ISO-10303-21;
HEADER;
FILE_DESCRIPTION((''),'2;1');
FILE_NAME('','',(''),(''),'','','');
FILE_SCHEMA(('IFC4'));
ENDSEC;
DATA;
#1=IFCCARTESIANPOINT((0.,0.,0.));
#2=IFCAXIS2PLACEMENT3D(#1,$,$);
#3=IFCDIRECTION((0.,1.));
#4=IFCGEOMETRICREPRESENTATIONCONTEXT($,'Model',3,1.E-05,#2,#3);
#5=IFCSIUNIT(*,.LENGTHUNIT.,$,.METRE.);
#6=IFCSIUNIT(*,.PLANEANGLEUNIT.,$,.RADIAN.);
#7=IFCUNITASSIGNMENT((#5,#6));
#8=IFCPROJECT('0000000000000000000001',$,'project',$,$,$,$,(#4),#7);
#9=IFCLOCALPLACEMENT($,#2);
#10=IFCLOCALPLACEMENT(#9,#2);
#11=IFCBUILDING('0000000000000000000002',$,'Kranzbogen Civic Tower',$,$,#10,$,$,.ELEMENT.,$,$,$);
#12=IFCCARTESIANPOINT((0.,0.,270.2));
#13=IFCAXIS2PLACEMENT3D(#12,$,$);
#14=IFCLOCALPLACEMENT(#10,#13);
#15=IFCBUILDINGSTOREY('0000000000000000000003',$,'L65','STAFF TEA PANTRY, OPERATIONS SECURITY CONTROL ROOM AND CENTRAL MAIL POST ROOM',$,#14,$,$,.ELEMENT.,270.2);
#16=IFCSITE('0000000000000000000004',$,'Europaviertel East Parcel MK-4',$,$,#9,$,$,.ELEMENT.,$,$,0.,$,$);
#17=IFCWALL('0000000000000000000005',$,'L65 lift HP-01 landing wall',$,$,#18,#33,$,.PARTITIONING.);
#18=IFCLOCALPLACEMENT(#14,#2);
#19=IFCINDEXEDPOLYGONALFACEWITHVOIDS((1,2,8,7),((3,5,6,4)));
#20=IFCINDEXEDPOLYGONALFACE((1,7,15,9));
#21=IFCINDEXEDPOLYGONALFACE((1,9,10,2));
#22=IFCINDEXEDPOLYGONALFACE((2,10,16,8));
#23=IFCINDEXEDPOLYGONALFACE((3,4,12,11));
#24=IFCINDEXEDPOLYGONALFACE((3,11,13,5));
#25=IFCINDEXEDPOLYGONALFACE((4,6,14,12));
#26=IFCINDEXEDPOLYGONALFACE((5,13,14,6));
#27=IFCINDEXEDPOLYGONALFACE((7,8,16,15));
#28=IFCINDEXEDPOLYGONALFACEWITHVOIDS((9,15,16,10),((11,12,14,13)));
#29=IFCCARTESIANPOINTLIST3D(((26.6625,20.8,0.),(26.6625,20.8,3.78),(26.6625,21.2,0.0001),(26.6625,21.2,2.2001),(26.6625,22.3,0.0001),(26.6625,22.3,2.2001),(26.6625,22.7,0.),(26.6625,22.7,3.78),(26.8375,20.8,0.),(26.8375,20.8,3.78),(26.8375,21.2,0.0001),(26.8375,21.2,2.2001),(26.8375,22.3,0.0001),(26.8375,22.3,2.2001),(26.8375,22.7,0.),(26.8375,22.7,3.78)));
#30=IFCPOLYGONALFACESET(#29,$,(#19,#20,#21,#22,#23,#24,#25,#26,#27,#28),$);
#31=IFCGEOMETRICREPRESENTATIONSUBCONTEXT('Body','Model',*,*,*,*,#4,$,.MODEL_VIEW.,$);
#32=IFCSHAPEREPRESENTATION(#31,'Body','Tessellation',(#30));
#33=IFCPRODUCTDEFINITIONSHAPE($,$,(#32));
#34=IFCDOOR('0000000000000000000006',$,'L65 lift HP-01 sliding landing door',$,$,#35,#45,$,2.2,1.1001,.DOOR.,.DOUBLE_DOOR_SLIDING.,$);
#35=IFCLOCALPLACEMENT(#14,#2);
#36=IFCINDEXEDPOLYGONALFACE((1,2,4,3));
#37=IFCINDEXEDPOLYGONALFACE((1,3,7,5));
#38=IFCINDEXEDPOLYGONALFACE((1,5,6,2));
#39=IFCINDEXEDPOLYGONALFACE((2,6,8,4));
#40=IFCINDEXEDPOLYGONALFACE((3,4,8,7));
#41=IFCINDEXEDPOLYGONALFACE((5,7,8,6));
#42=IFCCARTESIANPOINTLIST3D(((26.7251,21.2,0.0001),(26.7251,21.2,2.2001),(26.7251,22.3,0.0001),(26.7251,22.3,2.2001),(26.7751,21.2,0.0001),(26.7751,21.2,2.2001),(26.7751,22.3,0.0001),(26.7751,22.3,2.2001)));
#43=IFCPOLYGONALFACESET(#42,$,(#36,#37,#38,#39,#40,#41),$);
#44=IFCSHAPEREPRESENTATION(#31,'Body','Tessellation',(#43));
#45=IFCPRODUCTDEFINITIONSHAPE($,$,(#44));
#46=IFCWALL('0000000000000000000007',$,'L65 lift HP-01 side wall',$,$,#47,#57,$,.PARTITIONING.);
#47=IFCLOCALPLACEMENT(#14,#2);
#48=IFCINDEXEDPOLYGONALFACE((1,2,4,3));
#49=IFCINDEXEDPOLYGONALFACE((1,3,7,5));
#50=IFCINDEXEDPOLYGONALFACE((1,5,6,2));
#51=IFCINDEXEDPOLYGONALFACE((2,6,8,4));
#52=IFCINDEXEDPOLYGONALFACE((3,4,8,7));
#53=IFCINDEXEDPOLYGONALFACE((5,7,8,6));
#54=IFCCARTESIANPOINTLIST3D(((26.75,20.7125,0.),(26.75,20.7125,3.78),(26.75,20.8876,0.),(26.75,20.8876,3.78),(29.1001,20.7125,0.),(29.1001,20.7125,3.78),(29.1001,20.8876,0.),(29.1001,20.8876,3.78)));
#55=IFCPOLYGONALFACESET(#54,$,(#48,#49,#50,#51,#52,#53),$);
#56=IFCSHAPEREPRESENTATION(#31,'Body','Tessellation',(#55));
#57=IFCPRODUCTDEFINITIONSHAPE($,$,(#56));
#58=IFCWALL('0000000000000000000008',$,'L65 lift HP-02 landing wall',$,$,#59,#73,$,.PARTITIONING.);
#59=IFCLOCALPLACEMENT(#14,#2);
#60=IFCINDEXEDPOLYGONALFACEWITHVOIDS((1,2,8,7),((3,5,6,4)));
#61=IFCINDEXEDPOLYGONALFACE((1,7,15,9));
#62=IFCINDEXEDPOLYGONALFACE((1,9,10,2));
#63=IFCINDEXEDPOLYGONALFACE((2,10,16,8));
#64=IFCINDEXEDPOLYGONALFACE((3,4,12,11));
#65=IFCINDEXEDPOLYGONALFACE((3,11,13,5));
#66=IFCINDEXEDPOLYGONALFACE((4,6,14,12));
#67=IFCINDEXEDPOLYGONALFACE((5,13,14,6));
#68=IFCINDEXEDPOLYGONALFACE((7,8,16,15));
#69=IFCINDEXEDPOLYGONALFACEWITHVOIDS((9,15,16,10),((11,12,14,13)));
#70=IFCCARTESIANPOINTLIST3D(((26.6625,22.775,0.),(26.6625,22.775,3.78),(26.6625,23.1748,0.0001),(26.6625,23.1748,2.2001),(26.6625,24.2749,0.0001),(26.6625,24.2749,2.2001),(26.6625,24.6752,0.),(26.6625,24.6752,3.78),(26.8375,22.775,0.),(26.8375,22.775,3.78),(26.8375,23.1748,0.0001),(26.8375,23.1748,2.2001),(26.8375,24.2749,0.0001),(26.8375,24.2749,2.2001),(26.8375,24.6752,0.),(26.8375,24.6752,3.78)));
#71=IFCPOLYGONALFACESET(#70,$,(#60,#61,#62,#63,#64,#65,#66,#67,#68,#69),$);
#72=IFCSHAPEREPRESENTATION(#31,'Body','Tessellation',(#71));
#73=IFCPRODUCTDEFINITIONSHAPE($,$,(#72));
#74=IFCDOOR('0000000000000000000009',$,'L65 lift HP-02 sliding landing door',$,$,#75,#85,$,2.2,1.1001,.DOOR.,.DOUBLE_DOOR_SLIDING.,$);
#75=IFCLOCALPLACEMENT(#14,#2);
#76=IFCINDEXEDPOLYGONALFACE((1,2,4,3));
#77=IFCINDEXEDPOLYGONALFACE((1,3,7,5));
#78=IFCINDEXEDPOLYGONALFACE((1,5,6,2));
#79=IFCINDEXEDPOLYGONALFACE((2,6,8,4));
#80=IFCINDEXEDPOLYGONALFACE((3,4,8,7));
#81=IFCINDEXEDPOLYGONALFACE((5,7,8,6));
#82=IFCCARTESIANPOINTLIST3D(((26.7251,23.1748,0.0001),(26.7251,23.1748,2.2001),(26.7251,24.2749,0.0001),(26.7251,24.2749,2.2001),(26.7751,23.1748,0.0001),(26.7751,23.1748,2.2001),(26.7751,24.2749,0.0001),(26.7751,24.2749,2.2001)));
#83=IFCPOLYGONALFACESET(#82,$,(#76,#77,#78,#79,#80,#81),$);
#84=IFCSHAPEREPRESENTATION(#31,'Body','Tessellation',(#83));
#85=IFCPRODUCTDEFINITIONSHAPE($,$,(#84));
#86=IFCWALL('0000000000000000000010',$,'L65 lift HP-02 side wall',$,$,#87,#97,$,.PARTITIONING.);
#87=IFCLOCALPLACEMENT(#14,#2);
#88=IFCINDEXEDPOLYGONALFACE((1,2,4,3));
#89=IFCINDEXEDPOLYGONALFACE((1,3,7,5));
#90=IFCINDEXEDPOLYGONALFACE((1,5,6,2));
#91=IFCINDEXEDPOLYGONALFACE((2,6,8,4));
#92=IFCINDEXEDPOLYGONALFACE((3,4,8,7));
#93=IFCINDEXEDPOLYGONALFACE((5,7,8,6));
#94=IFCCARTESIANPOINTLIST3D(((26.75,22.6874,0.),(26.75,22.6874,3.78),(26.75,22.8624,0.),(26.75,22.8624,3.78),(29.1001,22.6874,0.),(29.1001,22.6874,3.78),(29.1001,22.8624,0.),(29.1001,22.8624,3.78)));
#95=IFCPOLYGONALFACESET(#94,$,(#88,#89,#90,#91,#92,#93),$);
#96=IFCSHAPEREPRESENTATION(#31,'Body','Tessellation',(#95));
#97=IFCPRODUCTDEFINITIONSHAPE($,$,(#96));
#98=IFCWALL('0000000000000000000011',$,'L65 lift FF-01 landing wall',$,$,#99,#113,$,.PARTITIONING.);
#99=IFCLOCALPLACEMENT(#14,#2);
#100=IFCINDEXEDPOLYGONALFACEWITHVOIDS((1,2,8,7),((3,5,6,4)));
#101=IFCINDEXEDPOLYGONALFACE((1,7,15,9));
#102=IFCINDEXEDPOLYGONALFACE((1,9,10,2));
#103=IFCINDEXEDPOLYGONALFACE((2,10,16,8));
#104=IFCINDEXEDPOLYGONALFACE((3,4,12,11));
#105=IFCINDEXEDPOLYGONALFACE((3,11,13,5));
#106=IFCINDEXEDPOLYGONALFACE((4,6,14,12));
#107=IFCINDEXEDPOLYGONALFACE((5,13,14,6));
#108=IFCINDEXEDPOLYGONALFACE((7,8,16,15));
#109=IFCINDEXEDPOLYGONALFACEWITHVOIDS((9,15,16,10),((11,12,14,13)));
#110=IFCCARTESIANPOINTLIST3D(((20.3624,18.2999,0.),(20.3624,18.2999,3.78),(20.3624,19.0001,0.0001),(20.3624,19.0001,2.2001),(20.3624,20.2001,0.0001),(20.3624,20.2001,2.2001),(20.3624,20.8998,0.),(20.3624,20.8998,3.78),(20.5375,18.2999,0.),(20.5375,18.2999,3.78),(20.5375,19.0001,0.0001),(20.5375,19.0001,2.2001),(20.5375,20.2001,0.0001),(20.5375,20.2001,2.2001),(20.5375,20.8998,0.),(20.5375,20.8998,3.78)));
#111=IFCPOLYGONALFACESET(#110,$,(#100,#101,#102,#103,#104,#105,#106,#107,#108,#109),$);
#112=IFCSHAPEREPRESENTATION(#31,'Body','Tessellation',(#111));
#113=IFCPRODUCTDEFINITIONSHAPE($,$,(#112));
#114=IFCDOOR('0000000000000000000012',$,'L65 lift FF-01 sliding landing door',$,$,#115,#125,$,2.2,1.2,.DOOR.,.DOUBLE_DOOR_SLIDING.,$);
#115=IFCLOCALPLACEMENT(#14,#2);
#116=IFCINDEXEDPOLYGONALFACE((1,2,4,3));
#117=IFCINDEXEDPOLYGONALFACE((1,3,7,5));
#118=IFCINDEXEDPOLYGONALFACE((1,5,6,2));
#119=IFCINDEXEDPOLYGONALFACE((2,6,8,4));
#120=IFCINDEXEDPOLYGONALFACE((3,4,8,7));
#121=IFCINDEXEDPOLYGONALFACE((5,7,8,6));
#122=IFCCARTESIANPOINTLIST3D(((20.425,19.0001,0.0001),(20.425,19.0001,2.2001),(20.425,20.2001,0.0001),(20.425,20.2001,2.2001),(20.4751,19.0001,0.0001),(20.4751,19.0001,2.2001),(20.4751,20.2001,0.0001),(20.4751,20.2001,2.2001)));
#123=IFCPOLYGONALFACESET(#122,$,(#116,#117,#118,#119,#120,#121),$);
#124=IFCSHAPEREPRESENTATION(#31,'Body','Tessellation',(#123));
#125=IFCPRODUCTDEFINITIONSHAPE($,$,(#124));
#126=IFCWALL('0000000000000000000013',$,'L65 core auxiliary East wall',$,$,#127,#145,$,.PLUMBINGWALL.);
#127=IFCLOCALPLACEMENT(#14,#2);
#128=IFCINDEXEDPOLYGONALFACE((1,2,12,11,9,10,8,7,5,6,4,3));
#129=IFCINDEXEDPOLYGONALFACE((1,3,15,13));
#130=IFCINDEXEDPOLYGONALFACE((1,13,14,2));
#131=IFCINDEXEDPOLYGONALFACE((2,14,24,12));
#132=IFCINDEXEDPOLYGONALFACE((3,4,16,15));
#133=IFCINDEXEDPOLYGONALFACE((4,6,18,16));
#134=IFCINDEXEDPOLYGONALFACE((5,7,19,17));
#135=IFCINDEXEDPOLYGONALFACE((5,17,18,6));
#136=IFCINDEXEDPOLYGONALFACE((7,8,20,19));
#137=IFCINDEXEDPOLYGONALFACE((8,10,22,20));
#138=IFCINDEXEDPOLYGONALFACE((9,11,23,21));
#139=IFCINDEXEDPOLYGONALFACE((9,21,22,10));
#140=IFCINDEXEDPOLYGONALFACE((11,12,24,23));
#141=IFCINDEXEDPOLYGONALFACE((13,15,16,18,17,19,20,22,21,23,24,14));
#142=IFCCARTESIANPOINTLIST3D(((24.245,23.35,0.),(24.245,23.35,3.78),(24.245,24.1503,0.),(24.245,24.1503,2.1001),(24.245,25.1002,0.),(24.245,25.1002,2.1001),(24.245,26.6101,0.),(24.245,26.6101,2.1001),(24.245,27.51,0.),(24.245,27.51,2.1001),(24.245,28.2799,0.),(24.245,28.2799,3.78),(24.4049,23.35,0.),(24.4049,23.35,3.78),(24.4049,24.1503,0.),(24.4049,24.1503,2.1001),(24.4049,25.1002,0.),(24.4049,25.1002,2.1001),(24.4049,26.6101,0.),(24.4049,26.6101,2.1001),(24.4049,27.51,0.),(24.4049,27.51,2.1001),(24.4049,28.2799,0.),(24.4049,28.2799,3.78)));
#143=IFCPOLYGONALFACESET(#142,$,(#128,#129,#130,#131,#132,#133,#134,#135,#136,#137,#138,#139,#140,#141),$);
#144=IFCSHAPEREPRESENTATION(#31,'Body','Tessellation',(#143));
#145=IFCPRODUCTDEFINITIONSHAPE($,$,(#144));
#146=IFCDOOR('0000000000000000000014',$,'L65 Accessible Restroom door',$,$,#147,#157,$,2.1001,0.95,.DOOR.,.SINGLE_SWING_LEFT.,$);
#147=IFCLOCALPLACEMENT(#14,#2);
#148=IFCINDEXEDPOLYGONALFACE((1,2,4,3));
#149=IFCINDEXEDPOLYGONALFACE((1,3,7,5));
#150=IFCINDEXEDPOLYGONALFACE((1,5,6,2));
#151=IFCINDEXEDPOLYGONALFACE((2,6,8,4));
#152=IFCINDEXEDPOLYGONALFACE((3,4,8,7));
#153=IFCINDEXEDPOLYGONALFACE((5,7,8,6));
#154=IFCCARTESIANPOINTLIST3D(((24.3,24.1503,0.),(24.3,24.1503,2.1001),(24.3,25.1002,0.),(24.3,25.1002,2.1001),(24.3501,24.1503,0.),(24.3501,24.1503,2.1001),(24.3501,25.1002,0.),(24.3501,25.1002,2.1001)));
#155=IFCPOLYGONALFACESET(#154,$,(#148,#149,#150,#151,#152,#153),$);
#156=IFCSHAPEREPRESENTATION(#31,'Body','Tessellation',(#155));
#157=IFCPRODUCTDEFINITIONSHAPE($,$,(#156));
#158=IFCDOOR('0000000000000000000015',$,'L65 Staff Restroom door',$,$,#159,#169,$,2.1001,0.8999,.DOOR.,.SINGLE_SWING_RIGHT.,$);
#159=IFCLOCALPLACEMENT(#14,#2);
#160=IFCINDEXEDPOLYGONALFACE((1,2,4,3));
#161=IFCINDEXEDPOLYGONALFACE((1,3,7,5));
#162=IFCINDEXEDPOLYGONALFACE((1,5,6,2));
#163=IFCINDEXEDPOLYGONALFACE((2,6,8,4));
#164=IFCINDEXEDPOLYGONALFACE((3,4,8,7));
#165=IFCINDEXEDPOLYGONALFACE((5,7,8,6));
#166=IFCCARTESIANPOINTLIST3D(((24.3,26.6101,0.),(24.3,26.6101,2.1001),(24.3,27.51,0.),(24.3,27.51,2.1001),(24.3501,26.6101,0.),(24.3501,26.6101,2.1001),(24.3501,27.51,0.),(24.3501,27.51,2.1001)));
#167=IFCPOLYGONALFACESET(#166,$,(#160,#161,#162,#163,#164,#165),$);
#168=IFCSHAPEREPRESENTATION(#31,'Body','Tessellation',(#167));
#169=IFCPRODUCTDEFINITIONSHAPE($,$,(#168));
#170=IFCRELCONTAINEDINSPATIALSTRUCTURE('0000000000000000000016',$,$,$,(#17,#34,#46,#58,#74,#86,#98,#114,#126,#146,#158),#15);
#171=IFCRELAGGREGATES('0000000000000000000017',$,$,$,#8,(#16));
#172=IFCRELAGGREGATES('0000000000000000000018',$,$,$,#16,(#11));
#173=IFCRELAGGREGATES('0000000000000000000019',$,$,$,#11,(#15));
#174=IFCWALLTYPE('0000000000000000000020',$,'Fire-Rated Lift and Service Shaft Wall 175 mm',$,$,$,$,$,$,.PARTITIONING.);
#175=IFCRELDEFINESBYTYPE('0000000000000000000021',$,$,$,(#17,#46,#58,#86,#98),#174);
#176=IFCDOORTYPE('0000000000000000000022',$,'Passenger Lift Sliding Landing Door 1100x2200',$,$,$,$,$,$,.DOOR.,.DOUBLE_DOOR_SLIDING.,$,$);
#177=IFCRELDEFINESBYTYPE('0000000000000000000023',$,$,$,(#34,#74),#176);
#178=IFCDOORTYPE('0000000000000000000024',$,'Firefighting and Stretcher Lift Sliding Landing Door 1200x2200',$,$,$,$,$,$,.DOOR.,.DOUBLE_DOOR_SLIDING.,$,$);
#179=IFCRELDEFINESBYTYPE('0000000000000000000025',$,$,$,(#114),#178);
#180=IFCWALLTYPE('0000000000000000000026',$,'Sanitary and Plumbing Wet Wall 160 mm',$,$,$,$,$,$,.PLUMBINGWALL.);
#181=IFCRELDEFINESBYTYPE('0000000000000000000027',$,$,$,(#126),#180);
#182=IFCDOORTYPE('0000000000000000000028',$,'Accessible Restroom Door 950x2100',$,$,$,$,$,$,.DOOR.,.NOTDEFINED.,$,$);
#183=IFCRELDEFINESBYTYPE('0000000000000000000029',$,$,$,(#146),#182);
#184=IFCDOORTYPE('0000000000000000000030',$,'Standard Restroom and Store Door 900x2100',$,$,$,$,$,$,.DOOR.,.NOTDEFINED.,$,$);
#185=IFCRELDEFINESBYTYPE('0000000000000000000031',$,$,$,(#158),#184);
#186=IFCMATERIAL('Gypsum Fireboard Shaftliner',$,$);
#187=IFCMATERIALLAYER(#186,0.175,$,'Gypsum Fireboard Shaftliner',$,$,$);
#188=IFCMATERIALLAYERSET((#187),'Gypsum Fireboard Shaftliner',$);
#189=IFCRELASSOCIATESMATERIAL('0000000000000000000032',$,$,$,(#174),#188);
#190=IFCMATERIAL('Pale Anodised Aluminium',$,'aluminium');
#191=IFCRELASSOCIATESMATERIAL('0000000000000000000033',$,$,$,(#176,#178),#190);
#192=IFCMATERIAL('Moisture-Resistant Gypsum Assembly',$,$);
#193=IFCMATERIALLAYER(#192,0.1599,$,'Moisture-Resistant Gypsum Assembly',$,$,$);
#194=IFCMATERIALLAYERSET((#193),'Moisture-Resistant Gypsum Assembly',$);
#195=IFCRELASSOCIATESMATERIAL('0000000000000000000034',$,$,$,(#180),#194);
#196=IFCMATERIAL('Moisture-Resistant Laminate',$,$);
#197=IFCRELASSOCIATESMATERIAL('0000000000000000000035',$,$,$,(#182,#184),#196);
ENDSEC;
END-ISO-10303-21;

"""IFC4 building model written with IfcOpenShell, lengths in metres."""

from ifc_helpers import new_model, si_unit, direction, frame, frame_2d, origin, place, context, subcontext, project, spatial, rectangle, extrude, material, layer, layer_set, type_object, element, fill, save


model = new_model("IFC4")

# Units and contexts
model_context = context("Model", 3, precision=1e-05, world=origin(), true_north=direction((0.0, 1.0)))
body_context = subcontext(model_context, "Body", "Model", "MODEL_VIEW")
ifc_project = project(units=[si_unit("LENGTHUNIT", "METRE"), si_unit("PLANEANGLEUNIT", "RADIAN")], contexts=[model_context])

# Site, building, storey
site_placement = place(None, origin())
site = spatial("IfcSite", under=ifc_project, at=site_placement, Name="Europaviertel East Parcel MK-4", CompositionType="ELEMENT", RefElevation=0.0)
building_placement = place(site_placement, origin())
building = spatial("IfcBuilding", under=site, at=building_placement, Name="Kranzbogen Civic Tower", CompositionType="ELEMENT")
storey_placement = place(building_placement, frame((0.0, 0.0, 270.2)))
storey = spatial("IfcBuildingStorey", under=building, at=storey_placement, Name="L65", Description="STAFF TEA PANTRY, OPERATIONS SECURITY CONTROL ROOM AND CENTRAL MAIL POST ROOM", CompositionType="ELEMENT", Elevation=270.2)

# Wall, opening, door
ifc_material_1 = material(Name="Gypsum Fireboard Shaftliner")
ifc_layer_1 = layer(ifc_material_1, 0.175, Name="Gypsum Fireboard Shaftliner")
ifc_layer_set_1 = layer_set([ifc_layer_1], Name="Gypsum Fireboard Shaftliner")
wall_type_1 = type_object("IfcWallType", Name="Fire-Rated Lift and Service Shaft Wall 175 mm", PredefinedType="PARTITIONING", material=ifc_layer_set_1)
wall_1_placement = place(storey_placement, frame((26.75, 20.8, 0.0), z_axis=(0.0, 0.0, 1.0), x_axis=(0.0, 1.0, 0.0)))
wall_1 = element("IfcWall", 1, at=wall_1_placement, inside=storey, type_object=wall_type_1, Name="L65 lift HP-01 landing wall", PredefinedType="PARTITIONING", context=body_context, shape_type="SweptSolid", body=[
    extrude(rectangle(XDim=1.8999, YDim=0.175, at=frame_2d((0.95, 0.0))), origin(), (0.0, 0.0, 1.0), 3.78),
])
opening_1_placement = place(wall_1_placement, frame((0.3999, 0.0, 0.0)))
opening_1 = element("IfcOpeningElement", 2, at=opening_1_placement, cuts=wall_1, PredefinedType="OPENING", context=body_context, shape_type="SweptSolid", body=[
    extrude(rectangle(XDim=1.1001, YDim=2.2, at=frame_2d((0.55, 1.1001))), frame((0.0, 0.0977, 0.0), z_axis=(0.0, -1.0, 0.0), x_axis=(1.0, 0.0, 0.0)), (0.0, 0.0, 1.0), 0.1951),
])
ifc_material_2 = material(Name="Pale Anodised Aluminium", Category="aluminium")
door_type_1 = type_object("IfcDoorType", Name="Passenger Lift Sliding Landing Door 1100x2200", OperationType="DOUBLE_DOOR_SLIDING", PredefinedType="DOOR", material=ifc_material_2)
door_1_placement = place(opening_1_placement, origin())
door_1 = element("IfcDoor", 3, at=door_1_placement, inside=storey, type_object=door_type_1, Name="L65 lift HP-01 sliding landing door", OperationType="DOUBLE_DOOR_SLIDING", OverallHeight=2.2, OverallWidth=1.1001, PredefinedType="DOOR", context=body_context, shape_type="SweptSolid", body=[
    extrude(rectangle(XDim=1.1001, YDim=2.2, at=frame_2d((0.55, 1.1001))), frame((0.0, 0.0249, 0.0), z_axis=(0.0, -1.0, 0.0), x_axis=(1.0, 0.0, 0.0)), (0.0, 0.0, 1.0), 0.05),
])
fill(opening_1, door_1)

# Wall
wall_2_placement = place(storey_placement, frame((26.75, 20.8, 0.0), z_axis=(0.0, 0.0, 1.0), x_axis=(1.0, 0.0, 0.0)))
element("IfcWall", 4, at=wall_2_placement, inside=storey, type_object=wall_type_1, Name="L65 lift HP-01 side wall", PredefinedType="PARTITIONING", context=body_context, shape_type="SweptSolid", body=[
    extrude(rectangle(XDim=2.3501, YDim=0.175, at=frame_2d((1.175, 0.0))), origin(), (0.0, 0.0, 1.0), 3.78),
])

# Wall, opening, door
wall_3_placement = place(storey_placement, frame((26.75, 22.7749, 0.0), z_axis=(0.0, 0.0, 1.0), x_axis=(0.0, 1.0, 0.0)))
wall_3 = element("IfcWall", 5, at=wall_3_placement, inside=storey, type_object=wall_type_1, Name="L65 lift HP-02 landing wall", PredefinedType="PARTITIONING", context=body_context, shape_type="SweptSolid", body=[
    extrude(rectangle(XDim=1.9001, YDim=0.175, at=frame_2d((0.9502, 0.0))), origin(), (0.0, 0.0, 1.0), 3.78),
])
opening_2_placement = place(wall_3_placement, frame((0.3999, 0.0, 0.0)))
opening_2 = element("IfcOpeningElement", 6, at=opening_2_placement, cuts=wall_3, PredefinedType="OPENING", context=body_context, shape_type="SweptSolid", body=[
    extrude(rectangle(XDim=1.1001, YDim=2.2, at=frame_2d((0.55, 1.1001))), frame((0.0, 0.0977, 0.0), z_axis=(0.0, -1.0, 0.0), x_axis=(1.0, 0.0, 0.0)), (0.0, 0.0, 1.0), 0.1951),
])
door_2_placement = place(opening_2_placement, origin())
door_2 = element("IfcDoor", 7, at=door_2_placement, inside=storey, type_object=door_type_1, Name="L65 lift HP-02 sliding landing door", OperationType="DOUBLE_DOOR_SLIDING", OverallHeight=2.2, OverallWidth=1.1001, PredefinedType="DOOR", context=body_context, shape_type="SweptSolid", body=[
    extrude(rectangle(XDim=1.1001, YDim=2.2, at=frame_2d((0.55, 1.1001))), frame((0.0, 0.0249, 0.0), z_axis=(0.0, -1.0, 0.0), x_axis=(1.0, 0.0, 0.0)), (0.0, 0.0, 1.0), 0.05),
])
fill(opening_2, door_2)

# Wall
wall_4_placement = place(storey_placement, frame((26.75, 22.7749, 0.0), z_axis=(0.0, 0.0, 1.0), x_axis=(1.0, 0.0, 0.0)))
element("IfcWall", 8, at=wall_4_placement, inside=storey, type_object=wall_type_1, Name="L65 lift HP-02 side wall", PredefinedType="PARTITIONING", context=body_context, shape_type="SweptSolid", body=[
    extrude(rectangle(XDim=2.3501, YDim=0.175, at=frame_2d((1.175, 0.0))), origin(), (0.0, 0.0, 1.0), 3.78),
])

# Wall, opening, door
wall_5_placement = place(storey_placement, frame((20.45, 18.3, 0.0), z_axis=(0.0, 0.0, 1.0), x_axis=(0.0, 1.0, 0.0)))
wall_5 = element("IfcWall", 9, at=wall_5_placement, inside=storey, type_object=wall_type_1, Name="L65 lift FF-01 landing wall", PredefinedType="PARTITIONING", context=body_context, shape_type="SweptSolid", body=[
    extrude(rectangle(XDim=2.5999, YDim=0.175, at=frame_2d((1.2998, 0.0))), origin(), (0.0, 0.0, 1.0), 3.78),
])
opening_3_placement = place(wall_5_placement, frame((0.7, 0.0, 0.0)))
opening_3 = element("IfcOpeningElement", 10, at=opening_3_placement, cuts=wall_5, PredefinedType="OPENING", context=body_context, shape_type="SweptSolid", body=[
    extrude(rectangle(XDim=1.2, YDim=2.2, at=frame_2d((0.6001, 1.1001))), frame((0.0, 0.0977, 0.0), z_axis=(0.0, -1.0, 0.0), x_axis=(1.0, 0.0, 0.0)), (0.0, 0.0, 1.0), 0.1951),
])
door_type_2 = type_object("IfcDoorType", Name="Firefighting and Stretcher Lift Sliding Landing Door 1200x2200", OperationType="DOUBLE_DOOR_SLIDING", PredefinedType="DOOR", material=ifc_material_2)
door_3_placement = place(opening_3_placement, origin())
door_3 = element("IfcDoor", 11, at=door_3_placement, inside=storey, type_object=door_type_2, Name="L65 lift FF-01 sliding landing door", OperationType="DOUBLE_DOOR_SLIDING", OverallHeight=2.2, OverallWidth=1.2, PredefinedType="DOOR", context=body_context, shape_type="SweptSolid", body=[
    extrude(rectangle(XDim=1.2, YDim=2.2, at=frame_2d((0.6001, 1.1001))), frame((0.0, 0.0249, 0.0), z_axis=(0.0, -1.0, 0.0), x_axis=(1.0, 0.0, 0.0)), (0.0, 0.0, 1.0), 0.05),
])
fill(opening_3, door_3)

# Wall, openings, doors
ifc_material_3 = material(Name="Moisture-Resistant Gypsum Assembly")
ifc_layer_2 = layer(ifc_material_3, 0.1599, Name="Moisture-Resistant Gypsum Assembly")
ifc_layer_set_2 = layer_set([ifc_layer_2], Name="Moisture-Resistant Gypsum Assembly")
wall_type_2 = type_object("IfcWallType", Name="Sanitary and Plumbing Wet Wall 160 mm", PredefinedType="PLUMBINGWALL", material=ifc_layer_set_2)
wall_6_placement = place(storey_placement, frame((24.325, 23.3501, 0.0), z_axis=(0.0, 0.0, 1.0), x_axis=(0.0, 1.0, 0.0)))
wall_6 = element("IfcWall", 12, at=wall_6_placement, inside=storey, type_object=wall_type_2, Name="L65 core auxiliary East wall", PredefinedType="PLUMBINGWALL", context=body_context, shape_type="SweptSolid", body=[
    extrude(rectangle(XDim=4.9299, YDim=0.1599, at=frame_2d((2.4648, 0.0))), origin(), (0.0, 0.0, 1.0), 3.78),
])
opening_4_placement = place(wall_6_placement, frame((0.8, 0.0, 0.0)))
opening_4 = element("IfcOpeningElement", 13, at=opening_4_placement, cuts=wall_6, PredefinedType="OPENING", context=body_context, shape_type="SweptSolid", body=[
    extrude(rectangle(XDim=0.95, YDim=2.1001, at=frame_2d((0.4751, 1.05))), frame((0.0, 0.0898, 0.0), z_axis=(0.0, -1.0, 0.0), x_axis=(1.0, 0.0, 0.0)), (0.0, 0.0, 1.0), 0.1799),
])
opening_5_placement = place(wall_6_placement, frame((3.26, 0.0, 0.0)))
opening_5 = element("IfcOpeningElement", 14, at=opening_5_placement, cuts=wall_6, PredefinedType="OPENING", context=body_context, shape_type="SweptSolid", body=[
    extrude(rectangle(XDim=0.8999, YDim=2.1001, at=frame_2d((0.45, 1.05))), frame((0.0, 0.0898, 0.0), z_axis=(0.0, -1.0, 0.0), x_axis=(1.0, 0.0, 0.0)), (0.0, 0.0, 1.0), 0.1799),
])
ifc_material_4 = material(Name="Moisture-Resistant Laminate")
door_type_3 = type_object("IfcDoorType", Name="Accessible Restroom Door 950x2100", OperationType="NOTDEFINED", PredefinedType="DOOR", material=ifc_material_4)
door_4_placement = place(opening_4_placement, origin())
door_4 = element("IfcDoor", 15, at=door_4_placement, inside=storey, type_object=door_type_3, Name="L65 Accessible Restroom door", OperationType="SINGLE_SWING_LEFT", OverallHeight=2.1001, OverallWidth=0.95, PredefinedType="DOOR", context=body_context, shape_type="SweptSolid", body=[
    extrude(rectangle(XDim=0.95, YDim=2.1001, at=frame_2d((0.4751, 1.05))), frame((0.0, 0.0249, 0.0), z_axis=(0.0, -1.0, 0.0), x_axis=(1.0, 0.0, 0.0)), (0.0, 0.0, 1.0), 0.05),
])
fill(opening_4, door_4)
door_type_4 = type_object("IfcDoorType", Name="Standard Restroom and Store Door 900x2100", OperationType="NOTDEFINED", PredefinedType="DOOR", material=ifc_material_4)
door_5_placement = place(opening_5_placement, origin())
door_5 = element("IfcDoor", 16, at=door_5_placement, inside=storey, type_object=door_type_4, Name="L65 Staff Restroom door", OperationType="SINGLE_SWING_RIGHT", OverallHeight=2.1001, OverallWidth=0.8999, PredefinedType="DOOR", context=body_context, shape_type="SweptSolid", body=[
    extrude(rectangle(XDim=0.8999, YDim=2.1001, at=frame_2d((0.45, 1.05))), frame((0.0, 0.0249, 0.0), z_axis=(0.0, -1.0, 0.0), x_axis=(1.0, 0.0, 0.0)), (0.0, 0.0, 1.0), 0.05),
])
fill(opening_5, door_5)

save(model, "model.ifc")
